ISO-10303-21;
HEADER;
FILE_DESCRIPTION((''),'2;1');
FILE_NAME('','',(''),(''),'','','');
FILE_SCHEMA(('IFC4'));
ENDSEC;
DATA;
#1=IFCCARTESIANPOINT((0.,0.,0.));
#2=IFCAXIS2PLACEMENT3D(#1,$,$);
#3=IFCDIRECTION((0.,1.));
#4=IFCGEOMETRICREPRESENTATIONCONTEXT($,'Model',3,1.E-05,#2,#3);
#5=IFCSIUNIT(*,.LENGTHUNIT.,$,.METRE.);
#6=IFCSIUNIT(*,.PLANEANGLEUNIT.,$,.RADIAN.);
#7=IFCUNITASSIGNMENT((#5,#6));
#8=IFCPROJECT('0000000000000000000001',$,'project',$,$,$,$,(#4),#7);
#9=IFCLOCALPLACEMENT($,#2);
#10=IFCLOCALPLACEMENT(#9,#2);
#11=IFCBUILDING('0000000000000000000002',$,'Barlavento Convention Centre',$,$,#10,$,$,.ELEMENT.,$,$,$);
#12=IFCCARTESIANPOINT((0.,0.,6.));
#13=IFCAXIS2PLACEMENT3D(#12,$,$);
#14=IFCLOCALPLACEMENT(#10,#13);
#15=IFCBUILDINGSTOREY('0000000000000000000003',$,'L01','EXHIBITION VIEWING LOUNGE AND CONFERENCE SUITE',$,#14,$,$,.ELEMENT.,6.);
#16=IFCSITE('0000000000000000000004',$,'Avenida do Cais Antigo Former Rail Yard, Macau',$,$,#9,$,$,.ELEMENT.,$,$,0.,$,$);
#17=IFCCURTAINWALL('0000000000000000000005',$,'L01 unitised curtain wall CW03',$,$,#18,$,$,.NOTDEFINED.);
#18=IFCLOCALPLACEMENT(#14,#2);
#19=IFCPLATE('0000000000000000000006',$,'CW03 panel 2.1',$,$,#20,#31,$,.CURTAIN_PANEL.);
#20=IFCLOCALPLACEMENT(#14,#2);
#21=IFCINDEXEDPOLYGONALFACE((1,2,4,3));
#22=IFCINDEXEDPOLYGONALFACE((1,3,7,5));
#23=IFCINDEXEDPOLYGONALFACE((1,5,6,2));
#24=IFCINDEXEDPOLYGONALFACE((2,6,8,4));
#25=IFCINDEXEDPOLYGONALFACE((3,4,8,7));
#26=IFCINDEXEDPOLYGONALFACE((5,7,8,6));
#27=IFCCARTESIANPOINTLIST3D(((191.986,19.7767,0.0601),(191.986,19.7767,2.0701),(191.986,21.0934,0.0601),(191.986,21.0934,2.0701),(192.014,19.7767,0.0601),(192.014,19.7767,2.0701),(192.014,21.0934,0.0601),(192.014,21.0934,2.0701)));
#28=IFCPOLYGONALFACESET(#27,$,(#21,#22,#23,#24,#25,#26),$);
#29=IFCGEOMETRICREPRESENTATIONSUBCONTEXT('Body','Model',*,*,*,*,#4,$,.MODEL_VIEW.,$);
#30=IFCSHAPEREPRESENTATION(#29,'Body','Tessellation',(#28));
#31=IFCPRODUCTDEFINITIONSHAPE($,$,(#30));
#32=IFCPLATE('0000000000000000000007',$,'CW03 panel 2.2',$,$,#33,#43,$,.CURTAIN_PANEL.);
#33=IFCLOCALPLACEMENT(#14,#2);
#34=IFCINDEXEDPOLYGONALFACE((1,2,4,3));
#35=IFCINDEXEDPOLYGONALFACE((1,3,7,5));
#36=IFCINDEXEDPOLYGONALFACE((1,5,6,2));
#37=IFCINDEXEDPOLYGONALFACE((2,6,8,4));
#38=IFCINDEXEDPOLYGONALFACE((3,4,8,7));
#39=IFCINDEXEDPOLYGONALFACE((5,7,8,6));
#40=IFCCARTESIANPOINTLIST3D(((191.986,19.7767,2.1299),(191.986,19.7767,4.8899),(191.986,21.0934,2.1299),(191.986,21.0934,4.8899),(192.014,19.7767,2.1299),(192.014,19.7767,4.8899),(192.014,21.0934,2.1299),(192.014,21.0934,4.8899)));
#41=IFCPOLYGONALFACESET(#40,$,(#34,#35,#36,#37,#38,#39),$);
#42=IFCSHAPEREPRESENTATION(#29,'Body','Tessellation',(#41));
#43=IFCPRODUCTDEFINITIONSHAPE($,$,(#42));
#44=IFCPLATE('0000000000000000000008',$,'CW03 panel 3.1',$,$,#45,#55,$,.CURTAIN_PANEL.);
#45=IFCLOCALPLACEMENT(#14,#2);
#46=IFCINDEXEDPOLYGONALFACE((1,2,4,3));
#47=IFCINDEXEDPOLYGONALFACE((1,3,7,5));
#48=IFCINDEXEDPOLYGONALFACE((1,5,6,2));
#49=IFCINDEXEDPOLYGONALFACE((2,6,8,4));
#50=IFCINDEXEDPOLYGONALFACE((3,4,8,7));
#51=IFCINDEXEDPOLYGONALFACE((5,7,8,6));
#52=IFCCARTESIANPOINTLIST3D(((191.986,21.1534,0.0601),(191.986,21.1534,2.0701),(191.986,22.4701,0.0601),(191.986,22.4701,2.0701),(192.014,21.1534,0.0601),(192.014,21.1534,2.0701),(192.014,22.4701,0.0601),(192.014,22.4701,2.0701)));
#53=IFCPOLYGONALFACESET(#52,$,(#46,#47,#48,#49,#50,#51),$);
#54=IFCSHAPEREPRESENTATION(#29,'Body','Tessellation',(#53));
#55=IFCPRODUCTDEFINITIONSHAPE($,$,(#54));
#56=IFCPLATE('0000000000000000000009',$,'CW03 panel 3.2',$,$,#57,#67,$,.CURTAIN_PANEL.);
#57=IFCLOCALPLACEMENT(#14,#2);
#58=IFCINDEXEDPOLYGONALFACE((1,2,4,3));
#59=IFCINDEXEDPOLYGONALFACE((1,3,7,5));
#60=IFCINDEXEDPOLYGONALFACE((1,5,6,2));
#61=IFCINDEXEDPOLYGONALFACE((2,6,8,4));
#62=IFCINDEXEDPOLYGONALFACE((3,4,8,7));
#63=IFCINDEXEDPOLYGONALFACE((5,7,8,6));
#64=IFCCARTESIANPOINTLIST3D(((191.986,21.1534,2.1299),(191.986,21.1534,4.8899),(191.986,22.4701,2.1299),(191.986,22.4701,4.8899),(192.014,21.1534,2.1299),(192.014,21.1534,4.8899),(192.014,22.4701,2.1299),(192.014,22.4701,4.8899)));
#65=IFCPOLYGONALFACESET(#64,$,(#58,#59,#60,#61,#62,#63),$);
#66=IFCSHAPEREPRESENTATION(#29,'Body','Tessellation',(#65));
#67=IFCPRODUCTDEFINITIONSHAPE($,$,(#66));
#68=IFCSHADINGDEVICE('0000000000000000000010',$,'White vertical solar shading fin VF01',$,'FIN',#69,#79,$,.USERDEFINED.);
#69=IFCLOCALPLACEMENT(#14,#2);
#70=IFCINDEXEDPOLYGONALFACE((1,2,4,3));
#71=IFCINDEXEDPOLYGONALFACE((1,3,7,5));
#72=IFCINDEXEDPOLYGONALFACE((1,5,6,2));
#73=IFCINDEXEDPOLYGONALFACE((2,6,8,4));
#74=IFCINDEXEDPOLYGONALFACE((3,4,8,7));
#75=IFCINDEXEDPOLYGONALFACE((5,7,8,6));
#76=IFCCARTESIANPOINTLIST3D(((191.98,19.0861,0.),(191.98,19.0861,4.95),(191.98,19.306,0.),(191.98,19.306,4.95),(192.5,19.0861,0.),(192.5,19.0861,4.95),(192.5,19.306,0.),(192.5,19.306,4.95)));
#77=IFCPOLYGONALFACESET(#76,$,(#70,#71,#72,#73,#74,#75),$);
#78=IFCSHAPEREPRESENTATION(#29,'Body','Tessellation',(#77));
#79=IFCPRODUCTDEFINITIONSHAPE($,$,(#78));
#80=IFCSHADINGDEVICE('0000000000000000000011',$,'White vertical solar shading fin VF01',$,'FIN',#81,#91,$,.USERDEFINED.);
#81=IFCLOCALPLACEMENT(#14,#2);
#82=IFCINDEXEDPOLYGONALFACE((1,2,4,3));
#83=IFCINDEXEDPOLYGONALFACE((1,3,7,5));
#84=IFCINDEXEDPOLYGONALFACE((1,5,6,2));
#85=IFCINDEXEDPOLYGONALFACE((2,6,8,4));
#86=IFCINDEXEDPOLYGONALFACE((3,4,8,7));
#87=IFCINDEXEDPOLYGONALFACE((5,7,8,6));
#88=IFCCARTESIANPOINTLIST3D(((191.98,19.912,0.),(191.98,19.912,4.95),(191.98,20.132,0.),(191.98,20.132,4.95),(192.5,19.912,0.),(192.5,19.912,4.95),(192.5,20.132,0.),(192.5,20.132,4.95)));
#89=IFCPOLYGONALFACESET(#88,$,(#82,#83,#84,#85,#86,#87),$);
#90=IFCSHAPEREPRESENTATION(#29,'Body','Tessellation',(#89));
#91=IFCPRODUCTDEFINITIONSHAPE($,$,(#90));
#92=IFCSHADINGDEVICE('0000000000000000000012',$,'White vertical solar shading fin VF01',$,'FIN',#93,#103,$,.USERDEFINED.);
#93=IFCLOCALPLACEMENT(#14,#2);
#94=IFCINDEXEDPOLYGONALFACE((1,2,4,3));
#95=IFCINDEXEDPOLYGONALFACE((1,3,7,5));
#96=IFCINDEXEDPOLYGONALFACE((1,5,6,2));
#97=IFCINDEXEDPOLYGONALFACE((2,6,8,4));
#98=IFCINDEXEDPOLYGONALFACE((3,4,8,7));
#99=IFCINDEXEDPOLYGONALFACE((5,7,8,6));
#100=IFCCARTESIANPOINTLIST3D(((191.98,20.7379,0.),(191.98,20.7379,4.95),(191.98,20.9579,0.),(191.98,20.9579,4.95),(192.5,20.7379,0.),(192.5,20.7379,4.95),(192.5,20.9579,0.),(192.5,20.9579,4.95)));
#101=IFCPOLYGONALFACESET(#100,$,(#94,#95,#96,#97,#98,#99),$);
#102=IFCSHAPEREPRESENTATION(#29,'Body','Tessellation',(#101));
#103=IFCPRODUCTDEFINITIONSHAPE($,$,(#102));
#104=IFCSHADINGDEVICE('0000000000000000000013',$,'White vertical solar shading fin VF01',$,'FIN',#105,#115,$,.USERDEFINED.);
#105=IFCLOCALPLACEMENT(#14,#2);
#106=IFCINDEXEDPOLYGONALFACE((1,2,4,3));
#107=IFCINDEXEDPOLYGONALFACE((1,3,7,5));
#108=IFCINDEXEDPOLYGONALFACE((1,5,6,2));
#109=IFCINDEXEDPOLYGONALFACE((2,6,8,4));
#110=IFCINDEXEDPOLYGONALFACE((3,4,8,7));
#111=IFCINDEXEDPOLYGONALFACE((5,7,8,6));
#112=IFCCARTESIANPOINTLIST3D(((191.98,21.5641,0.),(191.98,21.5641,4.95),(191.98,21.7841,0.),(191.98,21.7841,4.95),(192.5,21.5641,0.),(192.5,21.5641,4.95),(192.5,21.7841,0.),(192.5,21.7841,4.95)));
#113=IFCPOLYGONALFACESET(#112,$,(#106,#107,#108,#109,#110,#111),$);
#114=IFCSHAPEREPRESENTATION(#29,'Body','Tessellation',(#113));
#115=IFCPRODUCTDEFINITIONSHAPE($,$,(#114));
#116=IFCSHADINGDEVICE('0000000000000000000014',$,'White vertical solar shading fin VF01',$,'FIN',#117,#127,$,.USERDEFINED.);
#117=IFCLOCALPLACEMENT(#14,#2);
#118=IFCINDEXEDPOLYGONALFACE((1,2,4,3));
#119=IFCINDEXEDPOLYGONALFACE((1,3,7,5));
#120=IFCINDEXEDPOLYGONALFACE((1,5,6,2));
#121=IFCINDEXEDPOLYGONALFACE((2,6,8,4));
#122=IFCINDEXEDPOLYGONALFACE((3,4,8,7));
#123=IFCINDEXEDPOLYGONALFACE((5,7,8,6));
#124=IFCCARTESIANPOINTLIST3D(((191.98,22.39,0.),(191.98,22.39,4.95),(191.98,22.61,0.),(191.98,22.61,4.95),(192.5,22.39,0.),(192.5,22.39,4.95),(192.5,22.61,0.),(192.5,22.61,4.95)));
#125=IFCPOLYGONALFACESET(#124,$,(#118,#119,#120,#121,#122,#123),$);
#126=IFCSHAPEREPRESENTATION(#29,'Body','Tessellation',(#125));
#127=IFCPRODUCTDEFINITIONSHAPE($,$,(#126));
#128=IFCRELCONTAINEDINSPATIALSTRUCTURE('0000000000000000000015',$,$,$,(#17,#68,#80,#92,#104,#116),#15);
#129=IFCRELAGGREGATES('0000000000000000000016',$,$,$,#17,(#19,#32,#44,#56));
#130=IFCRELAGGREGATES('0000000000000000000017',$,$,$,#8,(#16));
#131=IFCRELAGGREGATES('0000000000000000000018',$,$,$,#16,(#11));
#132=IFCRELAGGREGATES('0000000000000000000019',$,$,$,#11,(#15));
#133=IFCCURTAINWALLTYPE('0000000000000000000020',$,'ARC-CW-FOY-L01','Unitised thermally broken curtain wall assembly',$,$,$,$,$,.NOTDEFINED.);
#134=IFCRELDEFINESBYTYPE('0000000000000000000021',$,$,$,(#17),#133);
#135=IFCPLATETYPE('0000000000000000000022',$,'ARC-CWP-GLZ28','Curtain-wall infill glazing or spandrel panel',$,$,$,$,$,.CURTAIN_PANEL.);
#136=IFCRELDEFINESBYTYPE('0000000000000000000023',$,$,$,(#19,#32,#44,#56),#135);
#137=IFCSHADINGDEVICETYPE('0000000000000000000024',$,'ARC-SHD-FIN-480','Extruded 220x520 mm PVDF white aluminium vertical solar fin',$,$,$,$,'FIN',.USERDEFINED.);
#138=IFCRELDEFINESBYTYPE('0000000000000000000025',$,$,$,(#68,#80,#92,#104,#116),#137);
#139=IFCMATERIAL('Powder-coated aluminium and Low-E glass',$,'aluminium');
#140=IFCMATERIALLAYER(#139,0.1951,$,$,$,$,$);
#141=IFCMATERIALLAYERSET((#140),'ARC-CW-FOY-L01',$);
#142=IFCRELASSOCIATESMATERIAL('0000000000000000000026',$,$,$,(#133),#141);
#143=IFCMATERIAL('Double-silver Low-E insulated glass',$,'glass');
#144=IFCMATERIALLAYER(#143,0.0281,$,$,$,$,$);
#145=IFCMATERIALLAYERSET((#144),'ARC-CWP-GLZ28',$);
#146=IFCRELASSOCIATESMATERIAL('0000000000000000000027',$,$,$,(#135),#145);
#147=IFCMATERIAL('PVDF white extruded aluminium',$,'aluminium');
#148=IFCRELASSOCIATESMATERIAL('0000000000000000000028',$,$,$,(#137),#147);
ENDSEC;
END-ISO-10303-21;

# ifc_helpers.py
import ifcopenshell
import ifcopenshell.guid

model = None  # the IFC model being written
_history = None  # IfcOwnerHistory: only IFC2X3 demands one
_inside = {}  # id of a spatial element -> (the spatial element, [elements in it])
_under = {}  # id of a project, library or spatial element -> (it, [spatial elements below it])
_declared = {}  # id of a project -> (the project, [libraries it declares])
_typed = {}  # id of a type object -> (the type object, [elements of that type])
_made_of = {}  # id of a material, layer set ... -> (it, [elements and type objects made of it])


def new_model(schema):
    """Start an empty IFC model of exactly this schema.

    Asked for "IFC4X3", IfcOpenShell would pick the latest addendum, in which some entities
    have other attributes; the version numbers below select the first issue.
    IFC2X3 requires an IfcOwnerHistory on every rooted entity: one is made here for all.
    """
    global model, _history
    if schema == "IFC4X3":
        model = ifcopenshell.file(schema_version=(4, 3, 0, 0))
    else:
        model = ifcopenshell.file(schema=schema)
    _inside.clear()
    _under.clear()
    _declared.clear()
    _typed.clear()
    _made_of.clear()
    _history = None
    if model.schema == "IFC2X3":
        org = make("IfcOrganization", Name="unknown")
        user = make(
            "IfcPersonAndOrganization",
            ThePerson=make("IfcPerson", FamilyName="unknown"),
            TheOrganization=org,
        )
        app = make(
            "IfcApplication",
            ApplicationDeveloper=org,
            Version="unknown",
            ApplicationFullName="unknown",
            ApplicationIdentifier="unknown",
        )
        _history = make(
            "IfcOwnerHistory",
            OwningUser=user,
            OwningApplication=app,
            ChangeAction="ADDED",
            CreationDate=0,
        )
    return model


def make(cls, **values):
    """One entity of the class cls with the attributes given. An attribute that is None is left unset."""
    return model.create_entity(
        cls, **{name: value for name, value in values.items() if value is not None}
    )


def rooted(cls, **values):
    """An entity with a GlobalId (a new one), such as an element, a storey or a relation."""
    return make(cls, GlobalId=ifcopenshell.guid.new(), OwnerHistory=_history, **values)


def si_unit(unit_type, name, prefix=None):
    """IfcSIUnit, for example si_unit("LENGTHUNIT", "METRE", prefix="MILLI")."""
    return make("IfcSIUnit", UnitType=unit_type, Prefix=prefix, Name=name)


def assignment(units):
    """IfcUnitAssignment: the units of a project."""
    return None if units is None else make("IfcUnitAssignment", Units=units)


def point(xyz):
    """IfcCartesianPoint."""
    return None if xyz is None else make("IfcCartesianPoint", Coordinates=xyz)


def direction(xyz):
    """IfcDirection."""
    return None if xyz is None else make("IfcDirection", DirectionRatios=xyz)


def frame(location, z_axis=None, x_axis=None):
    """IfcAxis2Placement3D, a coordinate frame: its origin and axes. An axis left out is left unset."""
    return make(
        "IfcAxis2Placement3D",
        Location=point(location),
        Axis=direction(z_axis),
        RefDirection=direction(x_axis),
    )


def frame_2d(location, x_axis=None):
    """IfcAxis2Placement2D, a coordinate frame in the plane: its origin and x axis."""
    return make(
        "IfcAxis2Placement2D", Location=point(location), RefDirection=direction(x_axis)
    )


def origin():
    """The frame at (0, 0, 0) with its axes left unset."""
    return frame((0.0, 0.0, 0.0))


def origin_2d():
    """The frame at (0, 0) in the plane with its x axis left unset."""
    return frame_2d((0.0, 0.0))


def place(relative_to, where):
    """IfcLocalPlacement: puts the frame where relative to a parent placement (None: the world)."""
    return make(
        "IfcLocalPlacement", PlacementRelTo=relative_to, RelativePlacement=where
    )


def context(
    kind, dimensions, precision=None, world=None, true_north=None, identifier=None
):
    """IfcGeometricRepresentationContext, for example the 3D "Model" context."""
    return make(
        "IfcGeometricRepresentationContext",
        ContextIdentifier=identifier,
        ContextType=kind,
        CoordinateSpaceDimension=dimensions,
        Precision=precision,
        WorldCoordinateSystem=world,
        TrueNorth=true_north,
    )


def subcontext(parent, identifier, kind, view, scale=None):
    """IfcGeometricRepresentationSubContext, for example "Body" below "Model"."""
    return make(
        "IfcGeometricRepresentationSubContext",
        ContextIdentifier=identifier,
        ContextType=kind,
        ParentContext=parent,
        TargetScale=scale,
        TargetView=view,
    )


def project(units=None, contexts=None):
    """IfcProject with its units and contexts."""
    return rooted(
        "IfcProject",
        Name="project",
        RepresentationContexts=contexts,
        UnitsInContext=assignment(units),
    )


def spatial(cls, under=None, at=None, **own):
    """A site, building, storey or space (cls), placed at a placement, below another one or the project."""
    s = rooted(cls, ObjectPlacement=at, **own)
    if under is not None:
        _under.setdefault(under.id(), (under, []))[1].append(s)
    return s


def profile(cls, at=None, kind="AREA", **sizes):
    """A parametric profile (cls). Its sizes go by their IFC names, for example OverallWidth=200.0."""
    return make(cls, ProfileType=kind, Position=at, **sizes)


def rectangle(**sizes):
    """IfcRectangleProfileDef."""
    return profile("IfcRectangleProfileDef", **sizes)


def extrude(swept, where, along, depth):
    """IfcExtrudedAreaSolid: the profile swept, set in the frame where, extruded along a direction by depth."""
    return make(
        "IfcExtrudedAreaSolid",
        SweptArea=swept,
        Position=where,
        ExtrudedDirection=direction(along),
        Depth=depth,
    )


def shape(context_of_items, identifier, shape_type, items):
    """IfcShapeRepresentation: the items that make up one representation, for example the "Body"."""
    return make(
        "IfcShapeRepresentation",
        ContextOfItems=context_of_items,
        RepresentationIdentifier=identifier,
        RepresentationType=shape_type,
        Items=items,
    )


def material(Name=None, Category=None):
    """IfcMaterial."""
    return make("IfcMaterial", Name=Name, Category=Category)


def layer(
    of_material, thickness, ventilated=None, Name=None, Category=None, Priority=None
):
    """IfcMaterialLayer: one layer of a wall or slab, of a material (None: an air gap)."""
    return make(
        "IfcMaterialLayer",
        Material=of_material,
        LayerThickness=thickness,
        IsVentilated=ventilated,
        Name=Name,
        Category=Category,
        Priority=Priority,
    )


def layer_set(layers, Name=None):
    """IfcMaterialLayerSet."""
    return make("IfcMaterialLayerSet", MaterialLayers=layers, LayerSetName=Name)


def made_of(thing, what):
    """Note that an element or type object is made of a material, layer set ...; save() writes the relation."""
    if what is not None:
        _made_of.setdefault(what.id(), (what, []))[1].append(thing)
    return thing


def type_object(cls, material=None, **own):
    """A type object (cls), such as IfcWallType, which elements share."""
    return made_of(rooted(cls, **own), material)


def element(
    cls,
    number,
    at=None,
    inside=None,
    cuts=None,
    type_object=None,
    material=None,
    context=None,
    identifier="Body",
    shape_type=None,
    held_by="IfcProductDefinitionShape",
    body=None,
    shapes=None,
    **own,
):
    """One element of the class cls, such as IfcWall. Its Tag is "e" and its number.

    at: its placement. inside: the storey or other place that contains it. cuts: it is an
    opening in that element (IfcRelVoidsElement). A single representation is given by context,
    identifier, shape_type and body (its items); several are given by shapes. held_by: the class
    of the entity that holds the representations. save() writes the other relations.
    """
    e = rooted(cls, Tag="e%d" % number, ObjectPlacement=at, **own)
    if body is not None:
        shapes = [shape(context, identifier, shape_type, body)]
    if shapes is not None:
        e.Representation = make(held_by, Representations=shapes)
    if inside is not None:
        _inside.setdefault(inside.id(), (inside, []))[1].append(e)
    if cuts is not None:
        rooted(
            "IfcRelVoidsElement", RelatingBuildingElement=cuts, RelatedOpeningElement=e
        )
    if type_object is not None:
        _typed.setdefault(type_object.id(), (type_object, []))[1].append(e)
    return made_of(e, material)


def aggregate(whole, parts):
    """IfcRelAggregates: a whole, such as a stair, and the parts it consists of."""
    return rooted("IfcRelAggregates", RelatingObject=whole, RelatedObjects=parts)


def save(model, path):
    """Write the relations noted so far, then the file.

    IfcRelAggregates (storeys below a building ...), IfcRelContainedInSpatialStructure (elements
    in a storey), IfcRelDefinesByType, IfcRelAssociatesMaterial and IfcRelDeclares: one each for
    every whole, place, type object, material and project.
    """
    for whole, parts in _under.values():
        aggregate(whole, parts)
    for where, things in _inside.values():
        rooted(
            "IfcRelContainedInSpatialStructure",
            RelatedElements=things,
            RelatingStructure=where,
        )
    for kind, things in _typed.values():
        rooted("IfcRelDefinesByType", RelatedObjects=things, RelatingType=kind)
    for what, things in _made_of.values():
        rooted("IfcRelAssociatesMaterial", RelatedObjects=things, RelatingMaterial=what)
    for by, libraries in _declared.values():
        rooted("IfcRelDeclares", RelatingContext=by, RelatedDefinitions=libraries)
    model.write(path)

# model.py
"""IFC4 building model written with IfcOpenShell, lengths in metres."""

from ifc_helpers import new_model, si_unit, direction, frame, origin, origin_2d, place, context, subcontext, project, spatial, rectangle, extrude, material, layer, layer_set, type_object, element, aggregate, save


model = new_model("IFC4")

# Units and contexts
model_context = context("Model", 3, precision=1e-05, world=origin(), true_north=direction((0.0, 1.0)))
body_context = subcontext(model_context, "Body", "Model", "MODEL_VIEW")
ifc_project = project(units=[si_unit("LENGTHUNIT", "METRE"), si_unit("PLANEANGLEUNIT", "RADIAN")], contexts=[model_context])

# Site, building, storey
site_placement = place(None, origin())
site = spatial("IfcSite", under=ifc_project, at=site_placement, Name="Avenida do Cais Antigo Former Rail Yard, Macau", CompositionType="ELEMENT", RefElevation=0.0)
building_placement = place(site_placement, origin())
building = spatial("IfcBuilding", under=site, at=building_placement, Name="Barlavento Convention Centre", CompositionType="ELEMENT")
storey_placement = place(building_placement, frame((0.0, 0.0, 6.0)))
storey = spatial("IfcBuildingStorey", under=building, at=storey_placement, Name="L01", Description="EXHIBITION VIEWING LOUNGE AND CONFERENCE SUITE", CompositionType="ELEMENT", Elevation=6.0)

# Curtain wall, plates
ifc_material_1 = material(Name="Powder-coated aluminium and Low-E glass", Category="aluminium")
ifc_layer_1 = layer(ifc_material_1, 0.1951)
ifc_layer_set_1 = layer_set([ifc_layer_1], Name="ARC-CW-FOY-L01")
curtain_wall_type = type_object("IfcCurtainWallType", Name="ARC-CW-FOY-L01", Description="Unitised thermally broken curtain wall assembly", PredefinedType="NOTDEFINED", material=ifc_layer_set_1)
curtain_wall_placement = place(storey_placement, origin())
curtain_wall = element("IfcCurtainWall", 1, at=curtain_wall_placement, inside=storey, type_object=curtain_wall_type, Name="L01 unitised curtain wall CW03", PredefinedType="NOTDEFINED")
ifc_material_2 = material(Name="Double-silver Low-E insulated glass", Category="glass")
ifc_layer_2 = layer(ifc_material_2, 0.0281)
ifc_layer_set_2 = layer_set([ifc_layer_2], Name="ARC-CWP-GLZ28")
plate_type = type_object("IfcPlateType", Name="ARC-CWP-GLZ28", Description="Curtain-wall infill glazing or spandrel panel", PredefinedType="CURTAIN_PANEL", material=ifc_layer_set_2)
plate_1_placement = place(storey_placement, frame((192.0, 20.4351, 0.0601), z_axis=(0.0, 0.0, 1.0), x_axis=(0.0, 1.0, 0.0)))
plate_1 = element("IfcPlate", 2, at=plate_1_placement, type_object=plate_type, Name="CW03 panel 2.1", PredefinedType="CURTAIN_PANEL", context=body_context, shape_type="SweptSolid", body=[
    extrude(rectangle(XDim=1.3167, YDim=0.0281, at=origin_2d()), origin(), (0.0, 0.0, 1.0), 2.01),
])
plate_2_placement = place(storey_placement, frame((192.0, 20.4351, 2.1299), z_axis=(0.0, 0.0, 1.0), x_axis=(0.0, 1.0, 0.0)))
plate_2 = element("IfcPlate", 3, at=plate_2_placement, type_object=plate_type, Name="CW03 panel 2.2", PredefinedType="CURTAIN_PANEL", context=body_context, shape_type="SweptSolid", body=[
    extrude(rectangle(XDim=1.3167, YDim=0.0281, at=origin_2d()), origin(), (0.0, 0.0, 1.0), 2.76),
])
plate_3_placement = place(storey_placement, frame((192.0, 21.8118, 0.0601), z_axis=(0.0, 0.0, 1.0), x_axis=(0.0, 1.0, 0.0)))
plate_3 = element("IfcPlate", 4, at=plate_3_placement, type_object=plate_type, Name="CW03 panel 3.1", PredefinedType="CURTAIN_PANEL", context=body_context, shape_type="SweptSolid", body=[
    extrude(rectangle(XDim=1.3167, YDim=0.0281, at=origin_2d()), origin(), (0.0, 0.0, 1.0), 2.01),
])
plate_4_placement = place(storey_placement, frame((192.0, 21.8118, 2.1299), z_axis=(0.0, 0.0, 1.0), x_axis=(0.0, 1.0, 0.0)))
plate_4 = element("IfcPlate", 5, at=plate_4_placement, type_object=plate_type, Name="CW03 panel 3.2", PredefinedType="CURTAIN_PANEL", context=body_context, shape_type="SweptSolid", body=[
    extrude(rectangle(XDim=1.3167, YDim=0.0281, at=origin_2d()), origin(), (0.0, 0.0, 1.0), 2.76),
])
aggregate(curtain_wall, [plate_1, plate_2, plate_3, plate_4])

# Shading devices
ifc_material_3 = material(Name="PVDF white extruded aluminium", Category="aluminium")
shading_device_type = type_object("IfcShadingDeviceType", Name="ARC-SHD-FIN-480", Description="Extruded 220x520 mm PVDF white aluminium vertical solar fin", ElementType="FIN", PredefinedType="USERDEFINED", material=ifc_material_3)
for number, where, z_axis, x_axis, name in (
    (6, (192.24, 19.196, 0.0), (0.0, 0.0, 1.0), (0.0, 1.0, 0.0), "White vertical solar shading fin VF01"),
    (7, (192.24, 20.022, 0.0), (0.0, 0.0, 1.0), (0.0, 1.0, 0.0), "White vertical solar shading fin VF01"),
    (8, (192.24, 20.8479, 0.0), (0.0, 0.0, 1.0), (0.0, 1.0, 0.0), "White vertical solar shading fin VF01"),
    (9, (192.24, 21.6741, 0.0), (0.0, 0.0, 1.0), (0.0, 1.0, 0.0), "White vertical solar shading fin VF01"),
    (10, (192.24, 22.5, 0.0), (0.0, 0.0, 1.0), (0.0, 1.0, 0.0), "White vertical solar shading fin VF01"),
):
    element("IfcShadingDevice", number, at=place(storey_placement, frame(where, z_axis=z_axis, x_axis=x_axis)), inside=storey, type_object=shading_device_type, Name=name, ObjectType="FIN", PredefinedType="USERDEFINED", context=body_context, shape_type="SweptSolid", body=[
        extrude(rectangle(XDim=0.22, YDim=0.52, at=origin_2d()), origin(), (0.0, 0.0, 1.0), 4.95),
    ])

save(model, "model.ifc")
